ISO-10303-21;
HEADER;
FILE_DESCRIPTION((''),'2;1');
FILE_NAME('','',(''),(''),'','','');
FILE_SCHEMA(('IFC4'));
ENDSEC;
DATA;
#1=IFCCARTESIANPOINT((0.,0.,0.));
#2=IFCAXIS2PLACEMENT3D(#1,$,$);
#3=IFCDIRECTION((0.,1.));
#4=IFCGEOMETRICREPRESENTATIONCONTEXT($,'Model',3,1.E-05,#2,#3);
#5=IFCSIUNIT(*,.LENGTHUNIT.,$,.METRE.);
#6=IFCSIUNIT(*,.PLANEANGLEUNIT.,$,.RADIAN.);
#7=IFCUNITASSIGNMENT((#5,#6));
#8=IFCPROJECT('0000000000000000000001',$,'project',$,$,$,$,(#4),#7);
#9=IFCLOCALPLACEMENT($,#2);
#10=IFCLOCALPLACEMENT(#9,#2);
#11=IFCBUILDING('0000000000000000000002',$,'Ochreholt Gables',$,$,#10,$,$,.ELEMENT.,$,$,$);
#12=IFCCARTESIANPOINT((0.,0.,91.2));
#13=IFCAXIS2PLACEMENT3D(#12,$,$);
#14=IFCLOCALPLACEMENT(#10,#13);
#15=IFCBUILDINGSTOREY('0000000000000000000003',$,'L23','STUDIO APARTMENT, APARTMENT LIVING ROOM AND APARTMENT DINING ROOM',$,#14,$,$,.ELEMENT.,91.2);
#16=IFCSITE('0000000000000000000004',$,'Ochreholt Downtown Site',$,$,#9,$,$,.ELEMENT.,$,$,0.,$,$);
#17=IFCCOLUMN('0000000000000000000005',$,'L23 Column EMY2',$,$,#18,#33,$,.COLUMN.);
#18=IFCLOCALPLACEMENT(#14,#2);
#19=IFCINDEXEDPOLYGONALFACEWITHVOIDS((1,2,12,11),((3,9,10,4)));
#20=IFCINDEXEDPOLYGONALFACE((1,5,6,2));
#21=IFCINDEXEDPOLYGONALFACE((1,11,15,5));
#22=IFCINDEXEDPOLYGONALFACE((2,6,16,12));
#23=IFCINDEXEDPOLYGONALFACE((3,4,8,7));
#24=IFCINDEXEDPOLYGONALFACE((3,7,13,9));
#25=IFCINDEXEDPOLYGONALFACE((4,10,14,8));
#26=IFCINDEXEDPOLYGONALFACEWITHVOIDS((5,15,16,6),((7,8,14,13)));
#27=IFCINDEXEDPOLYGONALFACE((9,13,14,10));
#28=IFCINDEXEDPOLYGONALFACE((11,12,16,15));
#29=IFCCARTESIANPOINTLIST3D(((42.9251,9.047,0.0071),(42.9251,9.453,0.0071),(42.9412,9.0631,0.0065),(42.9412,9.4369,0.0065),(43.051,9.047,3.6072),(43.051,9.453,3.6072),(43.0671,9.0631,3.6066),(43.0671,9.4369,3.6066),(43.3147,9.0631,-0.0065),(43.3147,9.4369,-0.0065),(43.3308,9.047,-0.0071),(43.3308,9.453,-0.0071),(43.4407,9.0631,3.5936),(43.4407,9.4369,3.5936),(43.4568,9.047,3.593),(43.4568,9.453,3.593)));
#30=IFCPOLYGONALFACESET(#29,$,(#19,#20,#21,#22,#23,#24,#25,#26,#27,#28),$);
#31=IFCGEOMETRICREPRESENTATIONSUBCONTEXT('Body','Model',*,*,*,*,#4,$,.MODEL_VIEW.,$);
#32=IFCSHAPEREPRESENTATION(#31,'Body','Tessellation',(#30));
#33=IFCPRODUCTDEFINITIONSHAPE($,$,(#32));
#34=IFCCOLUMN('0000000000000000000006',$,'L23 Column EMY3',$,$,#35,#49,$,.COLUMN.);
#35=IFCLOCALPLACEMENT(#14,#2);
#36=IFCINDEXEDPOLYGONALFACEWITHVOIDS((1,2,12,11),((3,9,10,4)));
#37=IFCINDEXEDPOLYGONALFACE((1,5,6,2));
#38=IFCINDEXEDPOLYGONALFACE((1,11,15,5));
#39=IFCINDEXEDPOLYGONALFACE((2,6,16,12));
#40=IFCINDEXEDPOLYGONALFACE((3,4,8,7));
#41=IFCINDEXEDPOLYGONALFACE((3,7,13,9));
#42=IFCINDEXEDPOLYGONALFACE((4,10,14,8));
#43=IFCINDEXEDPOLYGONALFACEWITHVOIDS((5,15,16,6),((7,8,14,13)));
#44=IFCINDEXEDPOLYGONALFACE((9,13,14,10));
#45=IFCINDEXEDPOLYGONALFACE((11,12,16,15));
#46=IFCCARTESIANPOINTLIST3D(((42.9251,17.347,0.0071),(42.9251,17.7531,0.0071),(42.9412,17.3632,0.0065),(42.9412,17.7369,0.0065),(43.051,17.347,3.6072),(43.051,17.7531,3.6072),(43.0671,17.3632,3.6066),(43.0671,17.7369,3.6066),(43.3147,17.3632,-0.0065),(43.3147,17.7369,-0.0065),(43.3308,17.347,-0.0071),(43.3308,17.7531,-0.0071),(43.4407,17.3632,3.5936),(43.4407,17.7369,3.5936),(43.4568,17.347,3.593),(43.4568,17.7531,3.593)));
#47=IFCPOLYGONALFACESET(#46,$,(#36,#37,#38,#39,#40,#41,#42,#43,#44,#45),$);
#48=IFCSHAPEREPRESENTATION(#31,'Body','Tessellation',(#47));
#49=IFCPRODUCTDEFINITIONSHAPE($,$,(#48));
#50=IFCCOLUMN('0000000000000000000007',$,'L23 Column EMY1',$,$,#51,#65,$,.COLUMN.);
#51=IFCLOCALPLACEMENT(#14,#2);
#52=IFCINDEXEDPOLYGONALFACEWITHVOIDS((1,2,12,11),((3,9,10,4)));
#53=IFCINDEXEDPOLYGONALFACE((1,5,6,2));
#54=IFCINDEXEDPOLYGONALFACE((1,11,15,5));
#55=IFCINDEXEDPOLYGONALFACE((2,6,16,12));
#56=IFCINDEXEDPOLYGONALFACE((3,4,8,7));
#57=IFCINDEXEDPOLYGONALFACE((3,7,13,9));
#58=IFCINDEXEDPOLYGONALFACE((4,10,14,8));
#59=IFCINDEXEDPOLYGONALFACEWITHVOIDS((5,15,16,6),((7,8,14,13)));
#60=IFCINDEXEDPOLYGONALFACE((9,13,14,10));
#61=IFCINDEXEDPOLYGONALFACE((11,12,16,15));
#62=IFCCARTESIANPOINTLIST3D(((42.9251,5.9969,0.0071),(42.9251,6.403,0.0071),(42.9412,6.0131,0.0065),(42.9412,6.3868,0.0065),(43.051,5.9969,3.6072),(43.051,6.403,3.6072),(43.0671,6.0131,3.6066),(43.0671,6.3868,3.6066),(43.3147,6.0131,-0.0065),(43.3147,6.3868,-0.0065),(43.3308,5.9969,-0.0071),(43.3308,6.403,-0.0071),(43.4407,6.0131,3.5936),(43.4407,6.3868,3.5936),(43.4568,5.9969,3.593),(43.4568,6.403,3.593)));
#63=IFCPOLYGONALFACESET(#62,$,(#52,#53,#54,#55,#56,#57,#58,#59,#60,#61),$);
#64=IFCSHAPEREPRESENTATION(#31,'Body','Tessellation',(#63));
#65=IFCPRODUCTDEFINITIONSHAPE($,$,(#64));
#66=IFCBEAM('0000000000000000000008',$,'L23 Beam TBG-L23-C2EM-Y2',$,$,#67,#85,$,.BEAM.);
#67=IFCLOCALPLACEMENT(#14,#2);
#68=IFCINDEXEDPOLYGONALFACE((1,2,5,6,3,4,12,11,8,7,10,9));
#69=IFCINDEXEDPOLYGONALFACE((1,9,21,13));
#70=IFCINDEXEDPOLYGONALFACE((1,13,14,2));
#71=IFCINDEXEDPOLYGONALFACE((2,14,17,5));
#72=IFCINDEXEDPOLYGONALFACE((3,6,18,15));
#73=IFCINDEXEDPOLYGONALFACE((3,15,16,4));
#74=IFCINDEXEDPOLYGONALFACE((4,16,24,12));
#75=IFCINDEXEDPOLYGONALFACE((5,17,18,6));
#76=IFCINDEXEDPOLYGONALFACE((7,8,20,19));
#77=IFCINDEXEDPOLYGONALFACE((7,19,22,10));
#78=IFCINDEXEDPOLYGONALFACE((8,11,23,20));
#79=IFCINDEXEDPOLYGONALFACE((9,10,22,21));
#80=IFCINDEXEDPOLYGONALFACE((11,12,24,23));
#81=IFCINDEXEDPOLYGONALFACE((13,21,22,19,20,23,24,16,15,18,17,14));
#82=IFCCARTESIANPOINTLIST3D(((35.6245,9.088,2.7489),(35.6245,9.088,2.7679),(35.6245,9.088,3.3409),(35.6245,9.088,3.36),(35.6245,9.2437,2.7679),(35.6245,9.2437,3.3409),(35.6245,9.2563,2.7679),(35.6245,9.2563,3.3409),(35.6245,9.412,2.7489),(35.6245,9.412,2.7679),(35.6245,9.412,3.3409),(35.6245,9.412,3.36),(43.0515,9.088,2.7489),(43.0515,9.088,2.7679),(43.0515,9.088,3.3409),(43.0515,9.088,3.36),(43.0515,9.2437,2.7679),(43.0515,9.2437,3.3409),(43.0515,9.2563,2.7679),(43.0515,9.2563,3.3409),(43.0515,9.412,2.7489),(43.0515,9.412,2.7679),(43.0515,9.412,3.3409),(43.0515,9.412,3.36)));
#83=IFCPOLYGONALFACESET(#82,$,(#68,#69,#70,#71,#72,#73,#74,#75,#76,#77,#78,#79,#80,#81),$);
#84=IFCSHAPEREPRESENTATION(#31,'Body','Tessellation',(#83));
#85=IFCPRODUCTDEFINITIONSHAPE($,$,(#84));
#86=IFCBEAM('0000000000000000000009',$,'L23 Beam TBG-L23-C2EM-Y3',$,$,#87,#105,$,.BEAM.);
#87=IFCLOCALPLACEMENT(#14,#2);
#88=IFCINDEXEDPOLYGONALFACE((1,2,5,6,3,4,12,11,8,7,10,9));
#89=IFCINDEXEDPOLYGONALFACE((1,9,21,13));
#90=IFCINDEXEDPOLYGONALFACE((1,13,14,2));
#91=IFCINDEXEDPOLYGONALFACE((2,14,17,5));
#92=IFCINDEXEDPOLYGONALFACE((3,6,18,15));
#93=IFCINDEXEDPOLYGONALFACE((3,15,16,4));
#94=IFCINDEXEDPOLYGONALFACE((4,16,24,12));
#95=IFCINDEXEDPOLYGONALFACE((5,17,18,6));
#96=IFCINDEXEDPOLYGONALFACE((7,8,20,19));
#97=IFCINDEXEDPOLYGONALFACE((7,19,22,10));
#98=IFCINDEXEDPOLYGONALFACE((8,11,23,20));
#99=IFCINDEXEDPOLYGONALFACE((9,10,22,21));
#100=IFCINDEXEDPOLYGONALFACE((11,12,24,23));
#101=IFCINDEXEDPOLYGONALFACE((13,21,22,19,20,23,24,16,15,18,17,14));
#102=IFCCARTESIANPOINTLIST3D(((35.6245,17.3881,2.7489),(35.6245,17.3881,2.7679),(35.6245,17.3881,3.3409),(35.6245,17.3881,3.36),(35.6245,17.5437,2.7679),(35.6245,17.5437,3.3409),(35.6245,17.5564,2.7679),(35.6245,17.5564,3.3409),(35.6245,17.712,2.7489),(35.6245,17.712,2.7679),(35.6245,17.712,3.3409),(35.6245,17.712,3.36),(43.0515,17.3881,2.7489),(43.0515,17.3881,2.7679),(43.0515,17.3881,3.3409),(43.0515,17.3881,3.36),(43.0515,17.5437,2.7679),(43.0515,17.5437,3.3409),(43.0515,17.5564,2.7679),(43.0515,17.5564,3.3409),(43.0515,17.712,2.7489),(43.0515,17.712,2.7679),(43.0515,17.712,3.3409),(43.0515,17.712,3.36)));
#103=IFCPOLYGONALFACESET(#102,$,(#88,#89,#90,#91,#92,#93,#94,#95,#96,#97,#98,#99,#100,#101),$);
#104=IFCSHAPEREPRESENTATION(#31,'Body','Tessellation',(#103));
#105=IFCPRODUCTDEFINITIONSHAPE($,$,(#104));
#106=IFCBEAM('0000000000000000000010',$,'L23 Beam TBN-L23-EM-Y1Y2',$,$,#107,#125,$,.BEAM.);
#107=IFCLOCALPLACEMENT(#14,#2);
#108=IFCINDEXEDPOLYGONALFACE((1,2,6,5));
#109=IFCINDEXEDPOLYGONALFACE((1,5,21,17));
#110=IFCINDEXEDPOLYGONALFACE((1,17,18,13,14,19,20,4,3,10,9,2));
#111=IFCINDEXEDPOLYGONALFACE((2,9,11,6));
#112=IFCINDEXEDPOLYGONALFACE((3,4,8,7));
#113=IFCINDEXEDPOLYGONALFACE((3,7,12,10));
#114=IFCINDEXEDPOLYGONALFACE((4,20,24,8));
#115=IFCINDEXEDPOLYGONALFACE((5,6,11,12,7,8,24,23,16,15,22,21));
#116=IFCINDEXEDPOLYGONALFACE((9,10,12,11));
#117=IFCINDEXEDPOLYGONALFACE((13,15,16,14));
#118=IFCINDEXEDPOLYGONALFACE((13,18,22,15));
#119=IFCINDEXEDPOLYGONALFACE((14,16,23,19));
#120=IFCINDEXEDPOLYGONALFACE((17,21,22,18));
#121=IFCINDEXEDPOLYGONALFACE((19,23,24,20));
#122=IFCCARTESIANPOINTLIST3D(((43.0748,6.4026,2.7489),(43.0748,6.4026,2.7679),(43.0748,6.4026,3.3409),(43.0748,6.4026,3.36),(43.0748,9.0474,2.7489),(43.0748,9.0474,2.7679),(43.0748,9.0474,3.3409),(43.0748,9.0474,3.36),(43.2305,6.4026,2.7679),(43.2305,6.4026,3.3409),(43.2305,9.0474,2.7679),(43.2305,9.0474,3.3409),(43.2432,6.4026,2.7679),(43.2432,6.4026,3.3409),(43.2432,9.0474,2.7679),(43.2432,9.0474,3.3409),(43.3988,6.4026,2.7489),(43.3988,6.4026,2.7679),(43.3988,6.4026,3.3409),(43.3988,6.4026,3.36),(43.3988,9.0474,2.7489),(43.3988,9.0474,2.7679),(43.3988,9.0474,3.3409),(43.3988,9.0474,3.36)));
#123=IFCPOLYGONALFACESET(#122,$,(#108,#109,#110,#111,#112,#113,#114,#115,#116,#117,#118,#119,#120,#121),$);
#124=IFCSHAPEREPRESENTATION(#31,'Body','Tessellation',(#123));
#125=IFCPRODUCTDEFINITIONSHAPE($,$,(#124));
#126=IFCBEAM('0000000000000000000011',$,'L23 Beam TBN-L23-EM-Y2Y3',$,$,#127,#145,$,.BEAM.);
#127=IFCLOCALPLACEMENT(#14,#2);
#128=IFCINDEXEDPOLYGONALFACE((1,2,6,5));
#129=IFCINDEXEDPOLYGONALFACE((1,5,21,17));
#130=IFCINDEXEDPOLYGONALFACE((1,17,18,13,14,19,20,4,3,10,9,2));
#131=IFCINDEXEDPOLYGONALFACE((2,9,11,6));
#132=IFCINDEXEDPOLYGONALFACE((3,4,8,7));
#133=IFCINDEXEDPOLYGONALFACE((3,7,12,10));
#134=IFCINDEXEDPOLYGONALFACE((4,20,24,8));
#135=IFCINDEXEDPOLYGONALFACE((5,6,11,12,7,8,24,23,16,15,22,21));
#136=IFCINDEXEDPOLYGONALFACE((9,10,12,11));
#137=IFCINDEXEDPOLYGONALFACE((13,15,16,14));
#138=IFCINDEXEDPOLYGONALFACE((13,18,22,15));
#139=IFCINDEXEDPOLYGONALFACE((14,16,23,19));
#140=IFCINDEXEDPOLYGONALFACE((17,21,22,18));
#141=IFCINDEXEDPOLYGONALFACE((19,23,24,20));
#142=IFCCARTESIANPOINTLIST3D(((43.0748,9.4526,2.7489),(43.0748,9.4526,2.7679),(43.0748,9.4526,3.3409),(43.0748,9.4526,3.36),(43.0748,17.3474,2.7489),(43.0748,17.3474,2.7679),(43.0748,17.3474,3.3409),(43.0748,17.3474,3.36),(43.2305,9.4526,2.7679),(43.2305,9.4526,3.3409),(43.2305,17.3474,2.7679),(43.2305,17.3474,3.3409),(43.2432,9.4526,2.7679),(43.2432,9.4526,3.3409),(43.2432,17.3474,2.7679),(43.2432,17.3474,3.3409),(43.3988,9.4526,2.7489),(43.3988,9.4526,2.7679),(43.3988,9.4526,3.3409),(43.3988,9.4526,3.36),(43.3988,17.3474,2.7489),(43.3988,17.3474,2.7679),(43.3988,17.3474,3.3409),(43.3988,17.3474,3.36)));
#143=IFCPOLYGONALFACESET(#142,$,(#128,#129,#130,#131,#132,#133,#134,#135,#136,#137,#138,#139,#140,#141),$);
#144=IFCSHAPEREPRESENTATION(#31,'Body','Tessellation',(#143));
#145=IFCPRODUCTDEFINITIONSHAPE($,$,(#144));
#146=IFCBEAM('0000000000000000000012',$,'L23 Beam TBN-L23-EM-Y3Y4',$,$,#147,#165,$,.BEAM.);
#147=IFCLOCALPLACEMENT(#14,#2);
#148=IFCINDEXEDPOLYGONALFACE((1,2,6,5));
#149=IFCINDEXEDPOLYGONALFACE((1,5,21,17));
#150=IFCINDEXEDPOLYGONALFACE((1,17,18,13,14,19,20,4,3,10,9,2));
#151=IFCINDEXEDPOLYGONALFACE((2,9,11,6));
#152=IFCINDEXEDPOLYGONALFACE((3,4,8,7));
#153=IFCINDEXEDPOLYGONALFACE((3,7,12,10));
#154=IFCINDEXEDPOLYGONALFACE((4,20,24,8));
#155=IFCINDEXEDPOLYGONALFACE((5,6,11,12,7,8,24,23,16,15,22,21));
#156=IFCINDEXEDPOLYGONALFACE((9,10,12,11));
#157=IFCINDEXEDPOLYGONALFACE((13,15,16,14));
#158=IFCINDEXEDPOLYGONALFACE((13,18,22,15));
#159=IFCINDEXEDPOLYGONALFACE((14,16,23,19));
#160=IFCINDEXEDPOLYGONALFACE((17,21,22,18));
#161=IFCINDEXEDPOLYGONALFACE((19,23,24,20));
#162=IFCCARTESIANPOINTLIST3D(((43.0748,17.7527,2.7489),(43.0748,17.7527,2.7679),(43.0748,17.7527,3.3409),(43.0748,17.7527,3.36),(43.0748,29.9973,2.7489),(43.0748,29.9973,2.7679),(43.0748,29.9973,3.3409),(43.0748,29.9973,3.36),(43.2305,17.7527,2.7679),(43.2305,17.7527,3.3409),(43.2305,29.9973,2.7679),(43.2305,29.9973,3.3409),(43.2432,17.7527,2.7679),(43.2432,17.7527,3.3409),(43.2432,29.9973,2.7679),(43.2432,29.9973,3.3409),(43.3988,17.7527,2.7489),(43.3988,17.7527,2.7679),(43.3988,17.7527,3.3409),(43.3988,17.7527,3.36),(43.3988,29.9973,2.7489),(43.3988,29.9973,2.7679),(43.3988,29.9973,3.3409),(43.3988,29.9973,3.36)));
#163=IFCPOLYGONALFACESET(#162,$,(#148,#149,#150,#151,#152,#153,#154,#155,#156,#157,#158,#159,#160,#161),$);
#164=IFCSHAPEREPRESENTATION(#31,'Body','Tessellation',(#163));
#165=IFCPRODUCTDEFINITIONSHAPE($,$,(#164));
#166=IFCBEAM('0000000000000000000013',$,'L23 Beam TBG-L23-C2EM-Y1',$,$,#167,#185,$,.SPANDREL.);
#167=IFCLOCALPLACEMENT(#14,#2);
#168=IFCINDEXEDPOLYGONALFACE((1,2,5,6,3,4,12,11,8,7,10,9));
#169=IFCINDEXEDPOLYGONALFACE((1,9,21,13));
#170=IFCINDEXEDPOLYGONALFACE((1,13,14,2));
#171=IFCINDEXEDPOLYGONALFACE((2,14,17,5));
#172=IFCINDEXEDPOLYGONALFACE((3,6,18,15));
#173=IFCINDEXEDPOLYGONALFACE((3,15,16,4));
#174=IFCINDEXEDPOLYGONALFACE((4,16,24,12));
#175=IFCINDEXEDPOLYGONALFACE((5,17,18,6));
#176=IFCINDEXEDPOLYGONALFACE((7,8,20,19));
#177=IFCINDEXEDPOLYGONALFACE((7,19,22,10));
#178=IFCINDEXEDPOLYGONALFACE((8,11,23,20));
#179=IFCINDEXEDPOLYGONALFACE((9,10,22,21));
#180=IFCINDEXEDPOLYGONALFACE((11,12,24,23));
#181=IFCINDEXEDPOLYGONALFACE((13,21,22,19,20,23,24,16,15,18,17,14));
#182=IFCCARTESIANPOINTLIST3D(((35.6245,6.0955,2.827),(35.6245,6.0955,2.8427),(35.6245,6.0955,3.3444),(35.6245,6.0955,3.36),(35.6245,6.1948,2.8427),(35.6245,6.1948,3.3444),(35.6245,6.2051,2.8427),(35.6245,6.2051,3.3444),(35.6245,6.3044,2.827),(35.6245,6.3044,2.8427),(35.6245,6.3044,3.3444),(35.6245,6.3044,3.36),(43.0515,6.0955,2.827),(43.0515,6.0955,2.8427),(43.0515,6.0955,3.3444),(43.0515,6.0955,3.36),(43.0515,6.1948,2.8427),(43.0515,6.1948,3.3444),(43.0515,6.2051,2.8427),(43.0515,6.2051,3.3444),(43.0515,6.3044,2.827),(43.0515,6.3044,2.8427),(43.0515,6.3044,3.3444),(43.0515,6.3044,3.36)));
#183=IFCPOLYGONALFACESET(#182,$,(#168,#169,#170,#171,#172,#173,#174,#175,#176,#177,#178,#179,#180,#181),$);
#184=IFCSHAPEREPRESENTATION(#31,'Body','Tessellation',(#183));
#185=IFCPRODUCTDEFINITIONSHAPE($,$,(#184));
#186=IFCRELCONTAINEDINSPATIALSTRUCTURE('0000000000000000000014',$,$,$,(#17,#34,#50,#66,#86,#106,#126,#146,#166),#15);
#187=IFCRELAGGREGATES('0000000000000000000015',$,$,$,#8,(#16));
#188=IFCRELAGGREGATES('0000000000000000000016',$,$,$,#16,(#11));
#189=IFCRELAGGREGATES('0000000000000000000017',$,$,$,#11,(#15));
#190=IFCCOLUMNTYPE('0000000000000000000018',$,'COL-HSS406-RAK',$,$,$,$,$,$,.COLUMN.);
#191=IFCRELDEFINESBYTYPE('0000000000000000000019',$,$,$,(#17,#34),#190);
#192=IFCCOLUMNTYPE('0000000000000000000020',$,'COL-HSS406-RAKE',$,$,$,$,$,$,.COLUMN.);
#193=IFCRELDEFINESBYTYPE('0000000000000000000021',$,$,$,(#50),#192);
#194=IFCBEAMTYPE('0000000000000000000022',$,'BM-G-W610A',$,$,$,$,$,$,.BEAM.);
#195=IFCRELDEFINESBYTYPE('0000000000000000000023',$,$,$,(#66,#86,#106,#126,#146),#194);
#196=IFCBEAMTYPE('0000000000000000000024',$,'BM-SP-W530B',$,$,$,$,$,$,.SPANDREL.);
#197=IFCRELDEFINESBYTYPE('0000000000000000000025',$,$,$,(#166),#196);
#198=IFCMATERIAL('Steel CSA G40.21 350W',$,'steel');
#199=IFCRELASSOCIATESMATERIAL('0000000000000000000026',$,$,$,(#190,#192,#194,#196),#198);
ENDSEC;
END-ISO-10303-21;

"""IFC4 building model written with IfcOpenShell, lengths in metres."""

from ifc_helpers import new_model, si_unit, direction, frame, origin, origin_2d, place, context, subcontext, project, spatial, hollow_rectangle, i_section, extrude, material, material_profile, profile_set, type_object, element, save


model = new_model("IFC4")

# Units and contexts
model_context = context("Model", 3, precision=1e-05, world=origin(), true_north=direction((0.0, 1.0)))
body_context = subcontext(model_context, "Body", "Model", "MODEL_VIEW")
ifc_project = project(units=[si_unit("LENGTHUNIT", "METRE"), si_unit("PLANEANGLEUNIT", "RADIAN")], contexts=[model_context])

# Site, building, storey
site_placement = place(None, origin())
site = spatial("IfcSite", under=ifc_project, at=site_placement, Name="Ochreholt Downtown Site", CompositionType="ELEMENT", RefElevation=0.0)
building_placement = place(site_placement, origin())
building = spatial("IfcBuilding", under=site, at=building_placement, Name="Ochreholt Gables", CompositionType="ELEMENT")
storey_placement = place(building_placement, frame((0.0, 0.0, 91.2)))
storey = spatial("IfcBuildingStorey", under=building, at=storey_placement, Name="L23", Description="STUDIO APARTMENT, APARTMENT LIVING ROOM AND APARTMENT DINING ROOM", CompositionType="ELEMENT", Elevation=91.2)

# Columns
ifc_material_1 = material(Name="Steel CSA G40.21 350W", Category="steel")
ifc_material_profile_1 = material_profile(ifc_material_1, hollow_rectangle(XDim=0.406, YDim=0.406, WallThickness=0.0161, at=origin_2d()), Name="HSS406X406X16")
ifc_profile_set_1 = profile_set([ifc_material_profile_1], Name="Steel CSA G40.21 350W")
column_type_1 = type_object("IfcColumnType", Name="COL-HSS406-RAK", PredefinedType="COLUMN", material=ifc_profile_set_1)
for number, where, z_axis, x_axis, name in (
    (1, (43.1279, 9.25, 0.0), (0.034971, 0.0, 0.999388), (0.0, 1.0, 0.0), "L23 Column EMY2"),
    (2, (43.1279, 17.55, 0.0), (0.034971, 0.0, 0.999388), (0.0, 1.0, 0.0), "L23 Column EMY3"),
):
    element("IfcColumn", number, at=place(storey_placement, frame(where, z_axis=z_axis, x_axis=x_axis)), inside=storey, type_object=column_type_1, Name=name, PredefinedType="COLUMN", context=body_context, shape_type="SweptSolid", body=[
        extrude(hollow_rectangle(XDim=0.406, YDim=0.406, WallThickness=0.0161, at=origin_2d()), origin(), (0.0, 0.0, 1.0), 3.6023),
    ])
ifc_material_profile_2 = material_profile(ifc_material_1, hollow_rectangle(XDim=0.406, YDim=0.406, WallThickness=0.0161, at=origin_2d()), Name="HSS406X406X16")
ifc_profile_set_2 = profile_set([ifc_material_profile_2], Name="Steel CSA G40.21 350W")
column_type_2 = type_object("IfcColumnType", Name="COL-HSS406-RAKE", PredefinedType="COLUMN", material=ifc_profile_set_2)
column_placement = place(storey_placement, frame((43.1279, 6.2, 0.0), z_axis=(0.034971, 0.0, 0.999388), x_axis=(0.0, 1.0, 0.0)))
element("IfcColumn", 3, at=column_placement, inside=storey, type_object=column_type_2, Name="L23 Column EMY1", PredefinedType="COLUMN", context=body_context, shape_type="SweptSolid", body=[
    extrude(hollow_rectangle(XDim=0.406, YDim=0.406, WallThickness=0.0161, at=origin_2d()), origin(), (0.0, 0.0, 1.0), 3.6023),
])

# Beams
ifc_material_profile_3 = material_profile(ifc_material_1, i_section(OverallWidth=0.324, OverallDepth=0.6111, WebThickness=0.0127, FlangeThickness=0.019, at=origin_2d()), Name="W610X155")
ifc_profile_set_3 = profile_set([ifc_material_profile_3], Name="Steel CSA G40.21 350W")
beam_type_1 = type_object("IfcBeamType", Name="BM-G-W610A", PredefinedType="BEAM", material=ifc_profile_set_3)
for number, where, z_axis, x_axis, name in (
    (4, (35.6245, 9.25, 3.0544), (1.0, 0.0, 0.0), (0.0, 1.0, 0.0), "L23 Beam TBG-L23-C2EM-Y2"),
    (5, (35.6245, 17.55, 3.0544), (1.0, 0.0, 0.0), (0.0, 1.0, 0.0), "L23 Beam TBG-L23-C2EM-Y3"),
):
    element("IfcBeam", number, at=place(storey_placement, frame(where, z_axis=z_axis, x_axis=x_axis)), inside=storey, type_object=beam_type_1, Name=name, PredefinedType="BEAM", context=body_context, shape_type="SweptSolid", body=[
        extrude(i_section(OverallWidth=0.324, OverallDepth=0.6111, WebThickness=0.0127, FlangeThickness=0.019, at=origin_2d()), origin(), (0.0, 0.0, 1.0), 7.427),
    ])
beam_1_placement = place(storey_placement, frame((43.2368, 6.4026, 3.0544), z_axis=(0.0, 1.0, 0.0), x_axis=(-1.0, 0.0, 0.0)))
element("IfcBeam", 6, at=beam_1_placement, inside=storey, type_object=beam_type_1, Name="L23 Beam TBN-L23-EM-Y1Y2", PredefinedType="BEAM", context=body_context, shape_type="SweptSolid", body=[
    extrude(i_section(OverallWidth=0.324, OverallDepth=0.6111, WebThickness=0.0127, FlangeThickness=0.019, at=origin_2d()), origin(), (0.0, 0.0, 1.0), 2.6448),
])
beam_2_placement = place(storey_placement, frame((43.2368, 9.4526, 3.0544), z_axis=(0.0, 1.0, 0.0), x_axis=(-1.0, 0.0, 0.0)))
element("IfcBeam", 7, at=beam_2_placement, inside=storey, type_object=beam_type_1, Name="L23 Beam TBN-L23-EM-Y2Y3", PredefinedType="BEAM", context=body_context, shape_type="SweptSolid", body=[
    extrude(i_section(OverallWidth=0.324, OverallDepth=0.6111, WebThickness=0.0127, FlangeThickness=0.019, at=origin_2d()), origin(), (0.0, 0.0, 1.0), 7.8948),
])
beam_3_placement = place(storey_placement, frame((43.2368, 17.7527, 3.0544), z_axis=(0.0, 1.0, 0.0), x_axis=(-1.0, 0.0, 0.0)))
element("IfcBeam", 8, at=beam_3_placement, inside=storey, type_object=beam_type_1, Name="L23 Beam TBN-L23-EM-Y3Y4", PredefinedType="BEAM", context=body_context, shape_type="SweptSolid", body=[
    extrude(i_section(OverallWidth=0.324, OverallDepth=0.6111, WebThickness=0.0127, FlangeThickness=0.019, at=origin_2d()), origin(), (0.0, 0.0, 1.0), 12.2446),
])
ifc_material_profile_4 = material_profile(ifc_material_1, i_section(OverallWidth=0.209, OverallDepth=0.533, WebThickness=0.0103, FlangeThickness=0.0156, at=origin_2d()), Name="W530X92")
ifc_profile_set_4 = profile_set([ifc_material_profile_4], Name="Steel CSA G40.21 350W")
beam_type_2 = type_object("IfcBeamType", Name="BM-SP-W530B", PredefinedType="SPANDREL", material=ifc_profile_set_4)
beam_4_placement = place(storey_placement, frame((35.6245, 6.2, 3.0935), z_axis=(1.0, 0.0, 0.0), x_axis=(0.0, 1.0, 0.0)))
element("IfcBeam", 9, at=beam_4_placement, inside=storey, type_object=beam_type_2, Name="L23 Beam TBG-L23-C2EM-Y1", PredefinedType="SPANDREL", context=body_context, shape_type="SweptSolid", body=[
    extrude(i_section(OverallWidth=0.209, OverallDepth=0.533, WebThickness=0.0103, FlangeThickness=0.0156, at=origin_2d()), origin(), (0.0, 0.0, 1.0), 7.427),
])

save(model, "model.ifc")
